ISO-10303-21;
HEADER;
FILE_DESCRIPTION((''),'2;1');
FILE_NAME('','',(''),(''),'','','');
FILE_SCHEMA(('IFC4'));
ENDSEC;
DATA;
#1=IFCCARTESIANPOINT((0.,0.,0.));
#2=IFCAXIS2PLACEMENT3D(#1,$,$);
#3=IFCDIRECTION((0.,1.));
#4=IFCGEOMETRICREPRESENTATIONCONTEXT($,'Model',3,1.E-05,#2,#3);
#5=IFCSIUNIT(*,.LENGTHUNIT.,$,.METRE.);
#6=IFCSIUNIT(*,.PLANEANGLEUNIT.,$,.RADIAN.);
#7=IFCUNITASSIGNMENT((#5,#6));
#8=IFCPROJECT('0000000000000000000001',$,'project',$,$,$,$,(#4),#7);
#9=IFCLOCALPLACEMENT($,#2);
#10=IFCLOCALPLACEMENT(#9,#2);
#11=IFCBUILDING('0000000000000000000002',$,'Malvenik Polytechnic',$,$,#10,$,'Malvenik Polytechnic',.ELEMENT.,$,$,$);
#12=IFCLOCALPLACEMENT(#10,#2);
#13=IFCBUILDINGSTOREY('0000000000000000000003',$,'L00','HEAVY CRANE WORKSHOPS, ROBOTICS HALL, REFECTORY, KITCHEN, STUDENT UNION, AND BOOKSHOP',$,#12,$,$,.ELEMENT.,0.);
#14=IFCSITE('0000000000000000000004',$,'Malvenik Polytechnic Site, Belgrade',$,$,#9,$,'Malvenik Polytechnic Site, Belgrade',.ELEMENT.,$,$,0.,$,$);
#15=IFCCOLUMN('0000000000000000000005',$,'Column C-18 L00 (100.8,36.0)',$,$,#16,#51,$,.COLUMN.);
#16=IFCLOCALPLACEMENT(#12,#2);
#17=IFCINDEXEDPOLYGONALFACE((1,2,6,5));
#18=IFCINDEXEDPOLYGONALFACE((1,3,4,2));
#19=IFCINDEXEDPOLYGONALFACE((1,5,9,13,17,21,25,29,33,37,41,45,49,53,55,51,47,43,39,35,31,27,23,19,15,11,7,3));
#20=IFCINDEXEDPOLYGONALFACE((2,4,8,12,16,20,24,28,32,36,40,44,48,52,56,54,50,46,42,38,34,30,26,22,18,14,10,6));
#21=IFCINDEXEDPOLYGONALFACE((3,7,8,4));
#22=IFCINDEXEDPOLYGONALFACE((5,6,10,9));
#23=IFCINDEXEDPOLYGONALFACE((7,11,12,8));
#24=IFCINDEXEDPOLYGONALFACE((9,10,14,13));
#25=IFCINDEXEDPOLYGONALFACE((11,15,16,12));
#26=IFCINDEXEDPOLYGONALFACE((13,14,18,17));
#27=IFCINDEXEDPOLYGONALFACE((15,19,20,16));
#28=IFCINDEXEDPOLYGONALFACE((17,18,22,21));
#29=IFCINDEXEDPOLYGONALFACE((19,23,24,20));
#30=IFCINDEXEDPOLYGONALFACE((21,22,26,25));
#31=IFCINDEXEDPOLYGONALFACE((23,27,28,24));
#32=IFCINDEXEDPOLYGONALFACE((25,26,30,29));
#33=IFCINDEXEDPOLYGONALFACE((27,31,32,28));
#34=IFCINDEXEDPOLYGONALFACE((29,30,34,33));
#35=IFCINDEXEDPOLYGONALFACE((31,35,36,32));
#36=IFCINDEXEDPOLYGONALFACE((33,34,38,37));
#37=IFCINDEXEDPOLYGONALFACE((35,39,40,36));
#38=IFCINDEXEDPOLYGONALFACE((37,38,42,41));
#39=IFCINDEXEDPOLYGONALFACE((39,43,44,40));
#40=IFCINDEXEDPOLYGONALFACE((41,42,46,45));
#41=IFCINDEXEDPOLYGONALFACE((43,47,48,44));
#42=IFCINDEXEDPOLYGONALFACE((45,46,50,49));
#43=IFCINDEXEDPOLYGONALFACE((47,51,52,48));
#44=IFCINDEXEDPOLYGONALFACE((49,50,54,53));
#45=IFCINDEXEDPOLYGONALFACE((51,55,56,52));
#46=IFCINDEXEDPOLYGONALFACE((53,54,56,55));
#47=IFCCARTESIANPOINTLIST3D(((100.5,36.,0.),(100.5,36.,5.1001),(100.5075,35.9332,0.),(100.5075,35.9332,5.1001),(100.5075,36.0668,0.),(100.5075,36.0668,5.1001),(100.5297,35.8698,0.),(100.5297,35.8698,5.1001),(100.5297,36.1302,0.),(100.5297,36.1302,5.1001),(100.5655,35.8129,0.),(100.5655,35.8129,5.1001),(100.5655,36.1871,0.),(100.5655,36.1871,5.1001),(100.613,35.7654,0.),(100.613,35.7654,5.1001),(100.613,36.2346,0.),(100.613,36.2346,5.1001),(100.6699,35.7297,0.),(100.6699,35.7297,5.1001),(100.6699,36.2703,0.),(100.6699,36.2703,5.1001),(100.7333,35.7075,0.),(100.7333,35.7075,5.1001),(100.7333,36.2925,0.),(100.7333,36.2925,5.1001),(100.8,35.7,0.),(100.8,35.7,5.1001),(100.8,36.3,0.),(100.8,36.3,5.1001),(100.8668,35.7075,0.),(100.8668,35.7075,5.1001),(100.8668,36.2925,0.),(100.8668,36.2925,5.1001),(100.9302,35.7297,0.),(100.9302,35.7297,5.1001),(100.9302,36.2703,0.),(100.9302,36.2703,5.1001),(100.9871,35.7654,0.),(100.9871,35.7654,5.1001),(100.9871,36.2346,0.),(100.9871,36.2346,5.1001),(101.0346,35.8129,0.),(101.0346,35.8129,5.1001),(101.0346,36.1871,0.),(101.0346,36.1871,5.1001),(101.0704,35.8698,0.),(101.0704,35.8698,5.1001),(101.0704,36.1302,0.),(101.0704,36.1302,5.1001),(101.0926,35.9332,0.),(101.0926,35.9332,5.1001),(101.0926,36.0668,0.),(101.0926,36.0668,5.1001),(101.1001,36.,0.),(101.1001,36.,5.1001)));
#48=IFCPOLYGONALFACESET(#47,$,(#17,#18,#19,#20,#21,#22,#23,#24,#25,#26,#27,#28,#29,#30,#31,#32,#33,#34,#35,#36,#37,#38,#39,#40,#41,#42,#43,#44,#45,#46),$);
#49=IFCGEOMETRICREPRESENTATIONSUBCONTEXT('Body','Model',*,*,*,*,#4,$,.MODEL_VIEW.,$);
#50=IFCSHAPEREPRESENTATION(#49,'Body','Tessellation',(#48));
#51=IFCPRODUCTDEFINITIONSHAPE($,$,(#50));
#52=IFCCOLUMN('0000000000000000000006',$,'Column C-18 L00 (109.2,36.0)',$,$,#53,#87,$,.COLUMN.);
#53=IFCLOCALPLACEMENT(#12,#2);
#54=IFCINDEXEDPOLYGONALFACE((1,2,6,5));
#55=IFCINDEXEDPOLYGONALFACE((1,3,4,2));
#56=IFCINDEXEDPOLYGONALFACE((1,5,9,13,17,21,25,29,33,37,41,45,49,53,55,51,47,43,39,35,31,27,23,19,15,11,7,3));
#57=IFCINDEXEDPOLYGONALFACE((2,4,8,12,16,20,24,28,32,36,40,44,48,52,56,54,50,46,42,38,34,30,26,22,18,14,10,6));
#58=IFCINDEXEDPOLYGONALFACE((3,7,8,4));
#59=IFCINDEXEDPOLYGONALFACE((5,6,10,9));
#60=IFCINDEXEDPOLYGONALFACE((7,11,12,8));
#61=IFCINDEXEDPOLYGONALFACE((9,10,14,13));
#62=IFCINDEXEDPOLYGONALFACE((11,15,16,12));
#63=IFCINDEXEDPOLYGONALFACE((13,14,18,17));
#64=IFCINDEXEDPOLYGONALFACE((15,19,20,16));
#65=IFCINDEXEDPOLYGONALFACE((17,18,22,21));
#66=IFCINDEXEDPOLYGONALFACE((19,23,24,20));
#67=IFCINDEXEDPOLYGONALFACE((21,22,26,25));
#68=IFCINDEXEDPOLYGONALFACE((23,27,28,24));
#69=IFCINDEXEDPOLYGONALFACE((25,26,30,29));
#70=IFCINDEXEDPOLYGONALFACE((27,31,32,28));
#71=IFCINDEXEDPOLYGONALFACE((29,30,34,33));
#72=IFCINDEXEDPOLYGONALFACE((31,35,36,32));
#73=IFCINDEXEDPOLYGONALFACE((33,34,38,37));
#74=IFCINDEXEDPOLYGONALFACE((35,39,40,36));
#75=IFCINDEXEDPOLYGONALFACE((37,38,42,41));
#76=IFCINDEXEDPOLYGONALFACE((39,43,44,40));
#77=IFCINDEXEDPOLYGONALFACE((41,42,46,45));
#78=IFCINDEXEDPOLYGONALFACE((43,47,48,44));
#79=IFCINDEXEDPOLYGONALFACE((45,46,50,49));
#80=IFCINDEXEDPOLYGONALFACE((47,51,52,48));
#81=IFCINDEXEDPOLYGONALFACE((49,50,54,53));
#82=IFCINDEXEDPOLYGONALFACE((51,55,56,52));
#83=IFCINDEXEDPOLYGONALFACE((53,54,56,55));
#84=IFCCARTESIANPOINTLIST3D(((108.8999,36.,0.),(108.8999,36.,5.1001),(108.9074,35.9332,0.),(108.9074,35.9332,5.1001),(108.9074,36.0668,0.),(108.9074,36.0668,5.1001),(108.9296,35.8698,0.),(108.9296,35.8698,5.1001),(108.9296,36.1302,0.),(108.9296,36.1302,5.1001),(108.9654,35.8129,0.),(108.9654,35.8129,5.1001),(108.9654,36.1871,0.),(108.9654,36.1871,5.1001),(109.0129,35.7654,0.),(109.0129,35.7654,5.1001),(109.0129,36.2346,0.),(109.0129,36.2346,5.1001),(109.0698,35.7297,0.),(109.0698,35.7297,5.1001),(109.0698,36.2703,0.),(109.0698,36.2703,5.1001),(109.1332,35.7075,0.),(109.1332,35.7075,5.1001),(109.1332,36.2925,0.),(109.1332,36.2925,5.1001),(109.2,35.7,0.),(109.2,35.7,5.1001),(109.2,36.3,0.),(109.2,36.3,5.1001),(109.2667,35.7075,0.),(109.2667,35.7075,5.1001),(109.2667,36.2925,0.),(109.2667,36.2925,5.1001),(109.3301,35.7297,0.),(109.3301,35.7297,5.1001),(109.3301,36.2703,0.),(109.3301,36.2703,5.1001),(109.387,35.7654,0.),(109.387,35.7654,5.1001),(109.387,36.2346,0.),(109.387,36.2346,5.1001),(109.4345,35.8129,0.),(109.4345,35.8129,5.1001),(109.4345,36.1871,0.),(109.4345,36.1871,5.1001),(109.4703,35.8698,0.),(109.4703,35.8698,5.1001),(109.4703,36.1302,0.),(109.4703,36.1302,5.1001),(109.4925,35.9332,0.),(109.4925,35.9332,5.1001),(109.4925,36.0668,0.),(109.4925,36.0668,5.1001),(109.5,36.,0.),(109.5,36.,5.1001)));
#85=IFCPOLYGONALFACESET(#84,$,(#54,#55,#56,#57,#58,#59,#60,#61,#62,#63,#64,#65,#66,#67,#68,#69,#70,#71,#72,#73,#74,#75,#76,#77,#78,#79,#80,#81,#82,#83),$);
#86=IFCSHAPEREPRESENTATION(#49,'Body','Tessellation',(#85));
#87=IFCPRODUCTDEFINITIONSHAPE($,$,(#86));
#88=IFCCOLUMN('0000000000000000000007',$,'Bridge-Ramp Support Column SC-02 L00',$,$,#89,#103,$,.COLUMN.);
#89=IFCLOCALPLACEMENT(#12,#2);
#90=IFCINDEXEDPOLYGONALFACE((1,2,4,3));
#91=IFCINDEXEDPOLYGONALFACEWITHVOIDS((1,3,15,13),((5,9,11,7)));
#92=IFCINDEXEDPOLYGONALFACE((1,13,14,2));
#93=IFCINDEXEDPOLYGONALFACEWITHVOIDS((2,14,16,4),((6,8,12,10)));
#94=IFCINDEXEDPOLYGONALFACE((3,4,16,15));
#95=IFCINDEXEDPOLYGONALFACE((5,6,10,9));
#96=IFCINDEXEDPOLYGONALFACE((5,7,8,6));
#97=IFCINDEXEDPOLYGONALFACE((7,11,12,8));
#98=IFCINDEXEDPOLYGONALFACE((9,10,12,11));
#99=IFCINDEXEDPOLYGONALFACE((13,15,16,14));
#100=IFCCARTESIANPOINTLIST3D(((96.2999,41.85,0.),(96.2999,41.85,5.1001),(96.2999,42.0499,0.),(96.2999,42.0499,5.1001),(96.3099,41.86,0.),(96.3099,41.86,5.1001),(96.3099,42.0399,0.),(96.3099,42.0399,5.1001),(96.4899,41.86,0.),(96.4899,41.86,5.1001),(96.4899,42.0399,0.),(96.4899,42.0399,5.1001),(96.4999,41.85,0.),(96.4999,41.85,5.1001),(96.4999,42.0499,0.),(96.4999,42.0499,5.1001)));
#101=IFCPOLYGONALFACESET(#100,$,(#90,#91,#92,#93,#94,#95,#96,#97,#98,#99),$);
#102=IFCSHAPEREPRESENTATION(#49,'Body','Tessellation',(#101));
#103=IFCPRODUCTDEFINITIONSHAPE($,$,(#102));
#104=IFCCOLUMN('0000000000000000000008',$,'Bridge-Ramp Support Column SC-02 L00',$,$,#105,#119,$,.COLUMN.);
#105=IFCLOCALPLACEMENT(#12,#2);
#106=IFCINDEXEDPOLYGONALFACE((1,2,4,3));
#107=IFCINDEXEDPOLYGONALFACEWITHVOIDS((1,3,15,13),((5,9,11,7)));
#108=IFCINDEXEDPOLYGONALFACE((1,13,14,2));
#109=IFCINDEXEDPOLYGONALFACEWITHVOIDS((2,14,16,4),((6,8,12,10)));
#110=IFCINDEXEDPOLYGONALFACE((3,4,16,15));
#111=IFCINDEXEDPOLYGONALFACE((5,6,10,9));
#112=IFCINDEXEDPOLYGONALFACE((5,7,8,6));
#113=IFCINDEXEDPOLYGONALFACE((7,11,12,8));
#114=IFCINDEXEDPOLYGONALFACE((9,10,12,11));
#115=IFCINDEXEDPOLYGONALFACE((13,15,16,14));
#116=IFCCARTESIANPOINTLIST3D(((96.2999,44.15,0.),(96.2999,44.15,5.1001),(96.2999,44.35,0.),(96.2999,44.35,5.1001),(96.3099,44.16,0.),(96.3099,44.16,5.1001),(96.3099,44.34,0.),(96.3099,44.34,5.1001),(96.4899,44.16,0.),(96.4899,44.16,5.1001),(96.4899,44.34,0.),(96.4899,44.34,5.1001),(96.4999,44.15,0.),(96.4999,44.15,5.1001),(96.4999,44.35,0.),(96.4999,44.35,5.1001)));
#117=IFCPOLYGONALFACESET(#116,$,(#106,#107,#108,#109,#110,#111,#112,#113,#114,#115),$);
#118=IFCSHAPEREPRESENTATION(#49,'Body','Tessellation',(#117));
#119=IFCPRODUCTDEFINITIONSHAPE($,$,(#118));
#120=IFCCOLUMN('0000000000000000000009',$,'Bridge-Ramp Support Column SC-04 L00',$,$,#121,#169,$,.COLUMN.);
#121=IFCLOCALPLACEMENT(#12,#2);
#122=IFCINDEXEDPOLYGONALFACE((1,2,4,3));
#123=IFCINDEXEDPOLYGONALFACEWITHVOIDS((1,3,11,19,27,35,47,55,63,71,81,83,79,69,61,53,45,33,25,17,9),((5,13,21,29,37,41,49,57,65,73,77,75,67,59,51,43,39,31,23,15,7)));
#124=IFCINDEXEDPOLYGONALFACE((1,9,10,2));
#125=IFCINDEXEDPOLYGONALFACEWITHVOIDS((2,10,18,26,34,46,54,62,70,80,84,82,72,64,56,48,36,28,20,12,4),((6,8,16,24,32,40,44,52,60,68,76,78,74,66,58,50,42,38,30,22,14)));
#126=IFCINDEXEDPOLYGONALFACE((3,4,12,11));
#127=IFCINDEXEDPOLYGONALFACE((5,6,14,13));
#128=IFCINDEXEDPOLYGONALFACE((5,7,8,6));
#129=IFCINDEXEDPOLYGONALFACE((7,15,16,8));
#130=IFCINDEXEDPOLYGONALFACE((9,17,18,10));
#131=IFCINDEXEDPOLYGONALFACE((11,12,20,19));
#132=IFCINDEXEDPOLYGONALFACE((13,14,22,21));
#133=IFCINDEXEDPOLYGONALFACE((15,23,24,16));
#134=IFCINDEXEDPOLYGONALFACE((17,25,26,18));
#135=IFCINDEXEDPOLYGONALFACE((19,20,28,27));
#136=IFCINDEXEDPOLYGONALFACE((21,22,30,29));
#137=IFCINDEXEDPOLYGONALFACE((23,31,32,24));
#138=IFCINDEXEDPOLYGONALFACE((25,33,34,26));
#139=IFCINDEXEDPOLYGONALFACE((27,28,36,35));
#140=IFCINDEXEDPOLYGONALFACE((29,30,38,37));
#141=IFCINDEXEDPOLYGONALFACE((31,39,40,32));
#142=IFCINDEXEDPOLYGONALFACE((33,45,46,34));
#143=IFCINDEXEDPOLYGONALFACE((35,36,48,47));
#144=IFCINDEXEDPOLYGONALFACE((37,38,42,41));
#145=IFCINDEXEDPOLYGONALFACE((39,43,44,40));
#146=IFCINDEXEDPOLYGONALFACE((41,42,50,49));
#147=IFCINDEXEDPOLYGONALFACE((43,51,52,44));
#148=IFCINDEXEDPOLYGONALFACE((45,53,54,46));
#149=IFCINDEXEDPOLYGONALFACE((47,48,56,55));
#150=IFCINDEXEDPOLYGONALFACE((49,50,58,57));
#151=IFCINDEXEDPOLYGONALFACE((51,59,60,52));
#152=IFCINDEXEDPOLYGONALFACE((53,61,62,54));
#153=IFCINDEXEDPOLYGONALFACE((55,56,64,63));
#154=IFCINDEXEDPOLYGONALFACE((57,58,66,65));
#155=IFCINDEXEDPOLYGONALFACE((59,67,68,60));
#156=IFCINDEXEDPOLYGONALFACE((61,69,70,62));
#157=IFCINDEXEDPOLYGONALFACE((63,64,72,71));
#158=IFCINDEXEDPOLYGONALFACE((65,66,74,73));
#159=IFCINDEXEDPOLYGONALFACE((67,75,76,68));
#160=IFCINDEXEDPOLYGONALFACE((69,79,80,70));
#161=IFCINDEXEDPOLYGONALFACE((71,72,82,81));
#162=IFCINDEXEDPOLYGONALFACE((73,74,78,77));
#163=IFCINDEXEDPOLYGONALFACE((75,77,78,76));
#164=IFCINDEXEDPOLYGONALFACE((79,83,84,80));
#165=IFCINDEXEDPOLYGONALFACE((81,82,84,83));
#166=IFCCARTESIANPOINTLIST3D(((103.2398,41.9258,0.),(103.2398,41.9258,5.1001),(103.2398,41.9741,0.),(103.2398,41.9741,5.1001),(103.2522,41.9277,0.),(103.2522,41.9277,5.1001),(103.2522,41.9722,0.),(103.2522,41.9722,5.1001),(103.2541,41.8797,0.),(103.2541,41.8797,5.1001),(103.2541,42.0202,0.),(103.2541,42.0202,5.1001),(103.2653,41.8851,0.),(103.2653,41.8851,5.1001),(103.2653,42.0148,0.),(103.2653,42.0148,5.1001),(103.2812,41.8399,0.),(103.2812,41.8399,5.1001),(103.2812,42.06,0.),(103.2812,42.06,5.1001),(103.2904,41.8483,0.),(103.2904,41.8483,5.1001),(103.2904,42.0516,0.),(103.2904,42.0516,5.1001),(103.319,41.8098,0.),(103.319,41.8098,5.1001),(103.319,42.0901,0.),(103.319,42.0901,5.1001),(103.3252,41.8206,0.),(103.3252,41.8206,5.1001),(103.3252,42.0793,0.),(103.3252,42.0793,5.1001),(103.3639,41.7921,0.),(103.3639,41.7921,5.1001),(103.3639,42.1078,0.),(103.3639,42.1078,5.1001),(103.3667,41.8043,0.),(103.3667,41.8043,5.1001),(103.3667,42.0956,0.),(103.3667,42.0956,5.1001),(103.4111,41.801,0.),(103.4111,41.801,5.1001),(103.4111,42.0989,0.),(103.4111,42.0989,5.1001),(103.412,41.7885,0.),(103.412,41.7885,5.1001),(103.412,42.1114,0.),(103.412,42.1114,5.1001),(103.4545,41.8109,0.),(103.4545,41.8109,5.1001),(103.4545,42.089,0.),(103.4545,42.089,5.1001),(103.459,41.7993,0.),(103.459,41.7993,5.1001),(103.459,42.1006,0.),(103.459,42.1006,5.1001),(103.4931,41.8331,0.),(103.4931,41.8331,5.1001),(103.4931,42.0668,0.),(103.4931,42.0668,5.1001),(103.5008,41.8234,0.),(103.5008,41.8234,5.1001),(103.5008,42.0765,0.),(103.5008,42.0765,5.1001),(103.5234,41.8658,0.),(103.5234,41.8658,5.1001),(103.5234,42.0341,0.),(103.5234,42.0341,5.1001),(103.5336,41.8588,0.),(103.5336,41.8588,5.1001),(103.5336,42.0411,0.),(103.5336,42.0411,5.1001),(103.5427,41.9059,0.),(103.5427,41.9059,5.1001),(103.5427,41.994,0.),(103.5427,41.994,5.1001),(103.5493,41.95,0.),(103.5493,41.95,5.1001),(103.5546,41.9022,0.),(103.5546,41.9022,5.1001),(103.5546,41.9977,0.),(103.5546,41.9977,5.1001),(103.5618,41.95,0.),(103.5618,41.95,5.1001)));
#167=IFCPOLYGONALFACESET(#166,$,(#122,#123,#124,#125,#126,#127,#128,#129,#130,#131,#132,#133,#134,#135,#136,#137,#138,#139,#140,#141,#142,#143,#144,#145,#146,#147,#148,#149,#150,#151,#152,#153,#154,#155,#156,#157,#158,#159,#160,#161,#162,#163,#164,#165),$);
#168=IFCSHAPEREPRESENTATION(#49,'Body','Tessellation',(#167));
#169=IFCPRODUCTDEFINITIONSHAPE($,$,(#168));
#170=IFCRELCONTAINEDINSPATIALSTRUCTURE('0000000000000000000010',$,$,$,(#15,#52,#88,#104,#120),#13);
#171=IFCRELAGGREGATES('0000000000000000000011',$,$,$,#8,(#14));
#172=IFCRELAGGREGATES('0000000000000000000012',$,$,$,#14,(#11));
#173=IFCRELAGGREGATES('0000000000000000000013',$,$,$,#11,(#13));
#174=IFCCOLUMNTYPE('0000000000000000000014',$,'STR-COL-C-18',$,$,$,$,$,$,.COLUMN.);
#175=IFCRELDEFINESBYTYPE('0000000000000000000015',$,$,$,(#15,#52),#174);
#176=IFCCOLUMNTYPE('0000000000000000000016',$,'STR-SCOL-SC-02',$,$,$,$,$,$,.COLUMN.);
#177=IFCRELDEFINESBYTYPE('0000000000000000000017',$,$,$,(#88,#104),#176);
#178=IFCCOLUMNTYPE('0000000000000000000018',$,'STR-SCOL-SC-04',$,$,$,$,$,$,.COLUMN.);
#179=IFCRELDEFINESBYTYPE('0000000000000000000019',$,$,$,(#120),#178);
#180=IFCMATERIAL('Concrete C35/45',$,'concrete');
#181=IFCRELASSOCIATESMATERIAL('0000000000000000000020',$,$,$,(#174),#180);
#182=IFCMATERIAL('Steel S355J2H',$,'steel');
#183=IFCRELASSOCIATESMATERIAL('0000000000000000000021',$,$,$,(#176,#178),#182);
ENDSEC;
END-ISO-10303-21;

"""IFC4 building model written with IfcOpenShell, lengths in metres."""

from ifc_helpers import new_model, si_unit, direction, frame, origin, origin_2d, place, context, subcontext, project, spatial, hollow_rectangle, circle, hollow_circle, extrude, material, material_profile, profile_set, type_object, element, save


model = new_model("IFC4")

# Units and contexts
model_context = context("Model", 3, precision=1e-05, world=origin(), true_north=direction((0.0, 1.0)))
body_context = subcontext(model_context, "Body", "Model", "MODEL_VIEW")
ifc_project = project(units=[si_unit("LENGTHUNIT", "METRE"), si_unit("PLANEANGLEUNIT", "RADIAN")], contexts=[model_context])

# Site, building, storey
site_placement = place(None, origin())
site = spatial("IfcSite", under=ifc_project, at=site_placement, Name="Malvenik Polytechnic Site, Belgrade", LongName="Malvenik Polytechnic Site, Belgrade", CompositionType="ELEMENT", RefElevation=0.0)
building_placement = place(site_placement, origin())
building = spatial("IfcBuilding", under=site, at=building_placement, Name="Malvenik Polytechnic", LongName="Malvenik Polytechnic", CompositionType="ELEMENT")
storey_placement = place(building_placement, origin())
storey = spatial("IfcBuildingStorey", under=building, at=storey_placement, Name="L00", Description="HEAVY CRANE WORKSHOPS, ROBOTICS HALL, REFECTORY, KITCHEN, STUDENT UNION, AND BOOKSHOP", CompositionType="ELEMENT", Elevation=0.0)

# Columns
ifc_material_1 = material(Name="Concrete C35/45", Category="concrete")
ifc_material_profile_1 = material_profile(ifc_material_1, circle(Radius=0.3, at=origin_2d()), Name="RC COL D600")
ifc_profile_set_1 = profile_set([ifc_material_profile_1], Name="Concrete C35/45")
column_type_1 = type_object("IfcColumnType", Name="STR-COL-C-18", PredefinedType="COLUMN", material=ifc_profile_set_1)
for number, where, z_axis, x_axis, name in (
    (1, (100.8, 36.0, 0.0), (0.0, 0.0, 1.0), (1.0, 0.0, 0.0), "Column C-18 L00 (100.8,36.0)"),
    (2, (109.2, 36.0, 0.0), (0.0, 0.0, 1.0), (1.0, 0.0, 0.0), "Column C-18 L00 (109.2,36.0)"),
):
    element("IfcColumn", number, at=place(storey_placement, frame(where, z_axis=z_axis, x_axis=x_axis)), inside=storey, type_object=column_type_1, Name=name, PredefinedType="COLUMN", context=body_context, shape_type="SweptSolid", body=[
        extrude(circle(Radius=0.3, at=origin_2d()), origin(), (0.0, 0.0, 1.0), 5.1001),
    ])
ifc_material_2 = material(Name="Steel S355J2H", Category="steel")
ifc_material_profile_2 = material_profile(ifc_material_2, hollow_rectangle(XDim=0.2, YDim=0.2, WallThickness=0.01, at=origin_2d()), Name="SHS 200x200x10.0")
ifc_profile_set_2 = profile_set([ifc_material_profile_2], Name="Steel S355J2H")
column_type_2 = type_object("IfcColumnType", Name="STR-SCOL-SC-02", PredefinedType="COLUMN", material=ifc_profile_set_2)
for number, where, z_axis, x_axis, name in (
    (3, (96.3999, 41.95, 0.0), (0.0, 0.0, 1.0), (1.0, 0.0, 0.0), "Bridge-Ramp Support Column SC-02 L00"),
    (4, (96.3999, 44.25, 0.0), (0.0, 0.0, 1.0), (1.0, 0.0, 0.0), "Bridge-Ramp Support Column SC-02 L00"),
):
    element("IfcColumn", number, at=place(storey_placement, frame(where, z_axis=z_axis, x_axis=x_axis)), inside=storey, type_object=column_type_2, Name=name, PredefinedType="COLUMN", context=body_context, shape_type="SweptSolid", body=[
        extrude(hollow_rectangle(XDim=0.2, YDim=0.2, WallThickness=0.01, at=origin_2d()), origin(), (0.0, 0.0, 1.0), 5.1001),
    ])
ifc_material_profile_3 = material_profile(ifc_material_2, hollow_circle(Radius=0.1619, WallThickness=0.0125, at=origin_2d()), Name="CHS 323.9x12.5")
ifc_profile_set_3 = profile_set([ifc_material_profile_3], Name="Steel S355J2H")
column_type_3 = type_object("IfcColumnType", Name="STR-SCOL-SC-04", PredefinedType="COLUMN", material=ifc_profile_set_3)
for number, where, z_axis, x_axis, name in (
    (5, (103.3999, 41.95, 0.0), (0.0, 0.0, 1.0), (1.0, 0.0, 0.0), "Bridge-Ramp Support Column SC-04 L00"),
):
    element("IfcColumn", number, at=place(storey_placement, frame(where, z_axis=z_axis, x_axis=x_axis)), inside=storey, type_object=column_type_3, Name=name, PredefinedType="COLUMN", context=body_context, shape_type="SweptSolid", body=[
        extrude(hollow_circle(Radius=0.1619, WallThickness=0.0125, at=origin_2d()), origin(), (0.0, 0.0, 1.0), 5.1001),
    ])

save(model, "model.ifc")
